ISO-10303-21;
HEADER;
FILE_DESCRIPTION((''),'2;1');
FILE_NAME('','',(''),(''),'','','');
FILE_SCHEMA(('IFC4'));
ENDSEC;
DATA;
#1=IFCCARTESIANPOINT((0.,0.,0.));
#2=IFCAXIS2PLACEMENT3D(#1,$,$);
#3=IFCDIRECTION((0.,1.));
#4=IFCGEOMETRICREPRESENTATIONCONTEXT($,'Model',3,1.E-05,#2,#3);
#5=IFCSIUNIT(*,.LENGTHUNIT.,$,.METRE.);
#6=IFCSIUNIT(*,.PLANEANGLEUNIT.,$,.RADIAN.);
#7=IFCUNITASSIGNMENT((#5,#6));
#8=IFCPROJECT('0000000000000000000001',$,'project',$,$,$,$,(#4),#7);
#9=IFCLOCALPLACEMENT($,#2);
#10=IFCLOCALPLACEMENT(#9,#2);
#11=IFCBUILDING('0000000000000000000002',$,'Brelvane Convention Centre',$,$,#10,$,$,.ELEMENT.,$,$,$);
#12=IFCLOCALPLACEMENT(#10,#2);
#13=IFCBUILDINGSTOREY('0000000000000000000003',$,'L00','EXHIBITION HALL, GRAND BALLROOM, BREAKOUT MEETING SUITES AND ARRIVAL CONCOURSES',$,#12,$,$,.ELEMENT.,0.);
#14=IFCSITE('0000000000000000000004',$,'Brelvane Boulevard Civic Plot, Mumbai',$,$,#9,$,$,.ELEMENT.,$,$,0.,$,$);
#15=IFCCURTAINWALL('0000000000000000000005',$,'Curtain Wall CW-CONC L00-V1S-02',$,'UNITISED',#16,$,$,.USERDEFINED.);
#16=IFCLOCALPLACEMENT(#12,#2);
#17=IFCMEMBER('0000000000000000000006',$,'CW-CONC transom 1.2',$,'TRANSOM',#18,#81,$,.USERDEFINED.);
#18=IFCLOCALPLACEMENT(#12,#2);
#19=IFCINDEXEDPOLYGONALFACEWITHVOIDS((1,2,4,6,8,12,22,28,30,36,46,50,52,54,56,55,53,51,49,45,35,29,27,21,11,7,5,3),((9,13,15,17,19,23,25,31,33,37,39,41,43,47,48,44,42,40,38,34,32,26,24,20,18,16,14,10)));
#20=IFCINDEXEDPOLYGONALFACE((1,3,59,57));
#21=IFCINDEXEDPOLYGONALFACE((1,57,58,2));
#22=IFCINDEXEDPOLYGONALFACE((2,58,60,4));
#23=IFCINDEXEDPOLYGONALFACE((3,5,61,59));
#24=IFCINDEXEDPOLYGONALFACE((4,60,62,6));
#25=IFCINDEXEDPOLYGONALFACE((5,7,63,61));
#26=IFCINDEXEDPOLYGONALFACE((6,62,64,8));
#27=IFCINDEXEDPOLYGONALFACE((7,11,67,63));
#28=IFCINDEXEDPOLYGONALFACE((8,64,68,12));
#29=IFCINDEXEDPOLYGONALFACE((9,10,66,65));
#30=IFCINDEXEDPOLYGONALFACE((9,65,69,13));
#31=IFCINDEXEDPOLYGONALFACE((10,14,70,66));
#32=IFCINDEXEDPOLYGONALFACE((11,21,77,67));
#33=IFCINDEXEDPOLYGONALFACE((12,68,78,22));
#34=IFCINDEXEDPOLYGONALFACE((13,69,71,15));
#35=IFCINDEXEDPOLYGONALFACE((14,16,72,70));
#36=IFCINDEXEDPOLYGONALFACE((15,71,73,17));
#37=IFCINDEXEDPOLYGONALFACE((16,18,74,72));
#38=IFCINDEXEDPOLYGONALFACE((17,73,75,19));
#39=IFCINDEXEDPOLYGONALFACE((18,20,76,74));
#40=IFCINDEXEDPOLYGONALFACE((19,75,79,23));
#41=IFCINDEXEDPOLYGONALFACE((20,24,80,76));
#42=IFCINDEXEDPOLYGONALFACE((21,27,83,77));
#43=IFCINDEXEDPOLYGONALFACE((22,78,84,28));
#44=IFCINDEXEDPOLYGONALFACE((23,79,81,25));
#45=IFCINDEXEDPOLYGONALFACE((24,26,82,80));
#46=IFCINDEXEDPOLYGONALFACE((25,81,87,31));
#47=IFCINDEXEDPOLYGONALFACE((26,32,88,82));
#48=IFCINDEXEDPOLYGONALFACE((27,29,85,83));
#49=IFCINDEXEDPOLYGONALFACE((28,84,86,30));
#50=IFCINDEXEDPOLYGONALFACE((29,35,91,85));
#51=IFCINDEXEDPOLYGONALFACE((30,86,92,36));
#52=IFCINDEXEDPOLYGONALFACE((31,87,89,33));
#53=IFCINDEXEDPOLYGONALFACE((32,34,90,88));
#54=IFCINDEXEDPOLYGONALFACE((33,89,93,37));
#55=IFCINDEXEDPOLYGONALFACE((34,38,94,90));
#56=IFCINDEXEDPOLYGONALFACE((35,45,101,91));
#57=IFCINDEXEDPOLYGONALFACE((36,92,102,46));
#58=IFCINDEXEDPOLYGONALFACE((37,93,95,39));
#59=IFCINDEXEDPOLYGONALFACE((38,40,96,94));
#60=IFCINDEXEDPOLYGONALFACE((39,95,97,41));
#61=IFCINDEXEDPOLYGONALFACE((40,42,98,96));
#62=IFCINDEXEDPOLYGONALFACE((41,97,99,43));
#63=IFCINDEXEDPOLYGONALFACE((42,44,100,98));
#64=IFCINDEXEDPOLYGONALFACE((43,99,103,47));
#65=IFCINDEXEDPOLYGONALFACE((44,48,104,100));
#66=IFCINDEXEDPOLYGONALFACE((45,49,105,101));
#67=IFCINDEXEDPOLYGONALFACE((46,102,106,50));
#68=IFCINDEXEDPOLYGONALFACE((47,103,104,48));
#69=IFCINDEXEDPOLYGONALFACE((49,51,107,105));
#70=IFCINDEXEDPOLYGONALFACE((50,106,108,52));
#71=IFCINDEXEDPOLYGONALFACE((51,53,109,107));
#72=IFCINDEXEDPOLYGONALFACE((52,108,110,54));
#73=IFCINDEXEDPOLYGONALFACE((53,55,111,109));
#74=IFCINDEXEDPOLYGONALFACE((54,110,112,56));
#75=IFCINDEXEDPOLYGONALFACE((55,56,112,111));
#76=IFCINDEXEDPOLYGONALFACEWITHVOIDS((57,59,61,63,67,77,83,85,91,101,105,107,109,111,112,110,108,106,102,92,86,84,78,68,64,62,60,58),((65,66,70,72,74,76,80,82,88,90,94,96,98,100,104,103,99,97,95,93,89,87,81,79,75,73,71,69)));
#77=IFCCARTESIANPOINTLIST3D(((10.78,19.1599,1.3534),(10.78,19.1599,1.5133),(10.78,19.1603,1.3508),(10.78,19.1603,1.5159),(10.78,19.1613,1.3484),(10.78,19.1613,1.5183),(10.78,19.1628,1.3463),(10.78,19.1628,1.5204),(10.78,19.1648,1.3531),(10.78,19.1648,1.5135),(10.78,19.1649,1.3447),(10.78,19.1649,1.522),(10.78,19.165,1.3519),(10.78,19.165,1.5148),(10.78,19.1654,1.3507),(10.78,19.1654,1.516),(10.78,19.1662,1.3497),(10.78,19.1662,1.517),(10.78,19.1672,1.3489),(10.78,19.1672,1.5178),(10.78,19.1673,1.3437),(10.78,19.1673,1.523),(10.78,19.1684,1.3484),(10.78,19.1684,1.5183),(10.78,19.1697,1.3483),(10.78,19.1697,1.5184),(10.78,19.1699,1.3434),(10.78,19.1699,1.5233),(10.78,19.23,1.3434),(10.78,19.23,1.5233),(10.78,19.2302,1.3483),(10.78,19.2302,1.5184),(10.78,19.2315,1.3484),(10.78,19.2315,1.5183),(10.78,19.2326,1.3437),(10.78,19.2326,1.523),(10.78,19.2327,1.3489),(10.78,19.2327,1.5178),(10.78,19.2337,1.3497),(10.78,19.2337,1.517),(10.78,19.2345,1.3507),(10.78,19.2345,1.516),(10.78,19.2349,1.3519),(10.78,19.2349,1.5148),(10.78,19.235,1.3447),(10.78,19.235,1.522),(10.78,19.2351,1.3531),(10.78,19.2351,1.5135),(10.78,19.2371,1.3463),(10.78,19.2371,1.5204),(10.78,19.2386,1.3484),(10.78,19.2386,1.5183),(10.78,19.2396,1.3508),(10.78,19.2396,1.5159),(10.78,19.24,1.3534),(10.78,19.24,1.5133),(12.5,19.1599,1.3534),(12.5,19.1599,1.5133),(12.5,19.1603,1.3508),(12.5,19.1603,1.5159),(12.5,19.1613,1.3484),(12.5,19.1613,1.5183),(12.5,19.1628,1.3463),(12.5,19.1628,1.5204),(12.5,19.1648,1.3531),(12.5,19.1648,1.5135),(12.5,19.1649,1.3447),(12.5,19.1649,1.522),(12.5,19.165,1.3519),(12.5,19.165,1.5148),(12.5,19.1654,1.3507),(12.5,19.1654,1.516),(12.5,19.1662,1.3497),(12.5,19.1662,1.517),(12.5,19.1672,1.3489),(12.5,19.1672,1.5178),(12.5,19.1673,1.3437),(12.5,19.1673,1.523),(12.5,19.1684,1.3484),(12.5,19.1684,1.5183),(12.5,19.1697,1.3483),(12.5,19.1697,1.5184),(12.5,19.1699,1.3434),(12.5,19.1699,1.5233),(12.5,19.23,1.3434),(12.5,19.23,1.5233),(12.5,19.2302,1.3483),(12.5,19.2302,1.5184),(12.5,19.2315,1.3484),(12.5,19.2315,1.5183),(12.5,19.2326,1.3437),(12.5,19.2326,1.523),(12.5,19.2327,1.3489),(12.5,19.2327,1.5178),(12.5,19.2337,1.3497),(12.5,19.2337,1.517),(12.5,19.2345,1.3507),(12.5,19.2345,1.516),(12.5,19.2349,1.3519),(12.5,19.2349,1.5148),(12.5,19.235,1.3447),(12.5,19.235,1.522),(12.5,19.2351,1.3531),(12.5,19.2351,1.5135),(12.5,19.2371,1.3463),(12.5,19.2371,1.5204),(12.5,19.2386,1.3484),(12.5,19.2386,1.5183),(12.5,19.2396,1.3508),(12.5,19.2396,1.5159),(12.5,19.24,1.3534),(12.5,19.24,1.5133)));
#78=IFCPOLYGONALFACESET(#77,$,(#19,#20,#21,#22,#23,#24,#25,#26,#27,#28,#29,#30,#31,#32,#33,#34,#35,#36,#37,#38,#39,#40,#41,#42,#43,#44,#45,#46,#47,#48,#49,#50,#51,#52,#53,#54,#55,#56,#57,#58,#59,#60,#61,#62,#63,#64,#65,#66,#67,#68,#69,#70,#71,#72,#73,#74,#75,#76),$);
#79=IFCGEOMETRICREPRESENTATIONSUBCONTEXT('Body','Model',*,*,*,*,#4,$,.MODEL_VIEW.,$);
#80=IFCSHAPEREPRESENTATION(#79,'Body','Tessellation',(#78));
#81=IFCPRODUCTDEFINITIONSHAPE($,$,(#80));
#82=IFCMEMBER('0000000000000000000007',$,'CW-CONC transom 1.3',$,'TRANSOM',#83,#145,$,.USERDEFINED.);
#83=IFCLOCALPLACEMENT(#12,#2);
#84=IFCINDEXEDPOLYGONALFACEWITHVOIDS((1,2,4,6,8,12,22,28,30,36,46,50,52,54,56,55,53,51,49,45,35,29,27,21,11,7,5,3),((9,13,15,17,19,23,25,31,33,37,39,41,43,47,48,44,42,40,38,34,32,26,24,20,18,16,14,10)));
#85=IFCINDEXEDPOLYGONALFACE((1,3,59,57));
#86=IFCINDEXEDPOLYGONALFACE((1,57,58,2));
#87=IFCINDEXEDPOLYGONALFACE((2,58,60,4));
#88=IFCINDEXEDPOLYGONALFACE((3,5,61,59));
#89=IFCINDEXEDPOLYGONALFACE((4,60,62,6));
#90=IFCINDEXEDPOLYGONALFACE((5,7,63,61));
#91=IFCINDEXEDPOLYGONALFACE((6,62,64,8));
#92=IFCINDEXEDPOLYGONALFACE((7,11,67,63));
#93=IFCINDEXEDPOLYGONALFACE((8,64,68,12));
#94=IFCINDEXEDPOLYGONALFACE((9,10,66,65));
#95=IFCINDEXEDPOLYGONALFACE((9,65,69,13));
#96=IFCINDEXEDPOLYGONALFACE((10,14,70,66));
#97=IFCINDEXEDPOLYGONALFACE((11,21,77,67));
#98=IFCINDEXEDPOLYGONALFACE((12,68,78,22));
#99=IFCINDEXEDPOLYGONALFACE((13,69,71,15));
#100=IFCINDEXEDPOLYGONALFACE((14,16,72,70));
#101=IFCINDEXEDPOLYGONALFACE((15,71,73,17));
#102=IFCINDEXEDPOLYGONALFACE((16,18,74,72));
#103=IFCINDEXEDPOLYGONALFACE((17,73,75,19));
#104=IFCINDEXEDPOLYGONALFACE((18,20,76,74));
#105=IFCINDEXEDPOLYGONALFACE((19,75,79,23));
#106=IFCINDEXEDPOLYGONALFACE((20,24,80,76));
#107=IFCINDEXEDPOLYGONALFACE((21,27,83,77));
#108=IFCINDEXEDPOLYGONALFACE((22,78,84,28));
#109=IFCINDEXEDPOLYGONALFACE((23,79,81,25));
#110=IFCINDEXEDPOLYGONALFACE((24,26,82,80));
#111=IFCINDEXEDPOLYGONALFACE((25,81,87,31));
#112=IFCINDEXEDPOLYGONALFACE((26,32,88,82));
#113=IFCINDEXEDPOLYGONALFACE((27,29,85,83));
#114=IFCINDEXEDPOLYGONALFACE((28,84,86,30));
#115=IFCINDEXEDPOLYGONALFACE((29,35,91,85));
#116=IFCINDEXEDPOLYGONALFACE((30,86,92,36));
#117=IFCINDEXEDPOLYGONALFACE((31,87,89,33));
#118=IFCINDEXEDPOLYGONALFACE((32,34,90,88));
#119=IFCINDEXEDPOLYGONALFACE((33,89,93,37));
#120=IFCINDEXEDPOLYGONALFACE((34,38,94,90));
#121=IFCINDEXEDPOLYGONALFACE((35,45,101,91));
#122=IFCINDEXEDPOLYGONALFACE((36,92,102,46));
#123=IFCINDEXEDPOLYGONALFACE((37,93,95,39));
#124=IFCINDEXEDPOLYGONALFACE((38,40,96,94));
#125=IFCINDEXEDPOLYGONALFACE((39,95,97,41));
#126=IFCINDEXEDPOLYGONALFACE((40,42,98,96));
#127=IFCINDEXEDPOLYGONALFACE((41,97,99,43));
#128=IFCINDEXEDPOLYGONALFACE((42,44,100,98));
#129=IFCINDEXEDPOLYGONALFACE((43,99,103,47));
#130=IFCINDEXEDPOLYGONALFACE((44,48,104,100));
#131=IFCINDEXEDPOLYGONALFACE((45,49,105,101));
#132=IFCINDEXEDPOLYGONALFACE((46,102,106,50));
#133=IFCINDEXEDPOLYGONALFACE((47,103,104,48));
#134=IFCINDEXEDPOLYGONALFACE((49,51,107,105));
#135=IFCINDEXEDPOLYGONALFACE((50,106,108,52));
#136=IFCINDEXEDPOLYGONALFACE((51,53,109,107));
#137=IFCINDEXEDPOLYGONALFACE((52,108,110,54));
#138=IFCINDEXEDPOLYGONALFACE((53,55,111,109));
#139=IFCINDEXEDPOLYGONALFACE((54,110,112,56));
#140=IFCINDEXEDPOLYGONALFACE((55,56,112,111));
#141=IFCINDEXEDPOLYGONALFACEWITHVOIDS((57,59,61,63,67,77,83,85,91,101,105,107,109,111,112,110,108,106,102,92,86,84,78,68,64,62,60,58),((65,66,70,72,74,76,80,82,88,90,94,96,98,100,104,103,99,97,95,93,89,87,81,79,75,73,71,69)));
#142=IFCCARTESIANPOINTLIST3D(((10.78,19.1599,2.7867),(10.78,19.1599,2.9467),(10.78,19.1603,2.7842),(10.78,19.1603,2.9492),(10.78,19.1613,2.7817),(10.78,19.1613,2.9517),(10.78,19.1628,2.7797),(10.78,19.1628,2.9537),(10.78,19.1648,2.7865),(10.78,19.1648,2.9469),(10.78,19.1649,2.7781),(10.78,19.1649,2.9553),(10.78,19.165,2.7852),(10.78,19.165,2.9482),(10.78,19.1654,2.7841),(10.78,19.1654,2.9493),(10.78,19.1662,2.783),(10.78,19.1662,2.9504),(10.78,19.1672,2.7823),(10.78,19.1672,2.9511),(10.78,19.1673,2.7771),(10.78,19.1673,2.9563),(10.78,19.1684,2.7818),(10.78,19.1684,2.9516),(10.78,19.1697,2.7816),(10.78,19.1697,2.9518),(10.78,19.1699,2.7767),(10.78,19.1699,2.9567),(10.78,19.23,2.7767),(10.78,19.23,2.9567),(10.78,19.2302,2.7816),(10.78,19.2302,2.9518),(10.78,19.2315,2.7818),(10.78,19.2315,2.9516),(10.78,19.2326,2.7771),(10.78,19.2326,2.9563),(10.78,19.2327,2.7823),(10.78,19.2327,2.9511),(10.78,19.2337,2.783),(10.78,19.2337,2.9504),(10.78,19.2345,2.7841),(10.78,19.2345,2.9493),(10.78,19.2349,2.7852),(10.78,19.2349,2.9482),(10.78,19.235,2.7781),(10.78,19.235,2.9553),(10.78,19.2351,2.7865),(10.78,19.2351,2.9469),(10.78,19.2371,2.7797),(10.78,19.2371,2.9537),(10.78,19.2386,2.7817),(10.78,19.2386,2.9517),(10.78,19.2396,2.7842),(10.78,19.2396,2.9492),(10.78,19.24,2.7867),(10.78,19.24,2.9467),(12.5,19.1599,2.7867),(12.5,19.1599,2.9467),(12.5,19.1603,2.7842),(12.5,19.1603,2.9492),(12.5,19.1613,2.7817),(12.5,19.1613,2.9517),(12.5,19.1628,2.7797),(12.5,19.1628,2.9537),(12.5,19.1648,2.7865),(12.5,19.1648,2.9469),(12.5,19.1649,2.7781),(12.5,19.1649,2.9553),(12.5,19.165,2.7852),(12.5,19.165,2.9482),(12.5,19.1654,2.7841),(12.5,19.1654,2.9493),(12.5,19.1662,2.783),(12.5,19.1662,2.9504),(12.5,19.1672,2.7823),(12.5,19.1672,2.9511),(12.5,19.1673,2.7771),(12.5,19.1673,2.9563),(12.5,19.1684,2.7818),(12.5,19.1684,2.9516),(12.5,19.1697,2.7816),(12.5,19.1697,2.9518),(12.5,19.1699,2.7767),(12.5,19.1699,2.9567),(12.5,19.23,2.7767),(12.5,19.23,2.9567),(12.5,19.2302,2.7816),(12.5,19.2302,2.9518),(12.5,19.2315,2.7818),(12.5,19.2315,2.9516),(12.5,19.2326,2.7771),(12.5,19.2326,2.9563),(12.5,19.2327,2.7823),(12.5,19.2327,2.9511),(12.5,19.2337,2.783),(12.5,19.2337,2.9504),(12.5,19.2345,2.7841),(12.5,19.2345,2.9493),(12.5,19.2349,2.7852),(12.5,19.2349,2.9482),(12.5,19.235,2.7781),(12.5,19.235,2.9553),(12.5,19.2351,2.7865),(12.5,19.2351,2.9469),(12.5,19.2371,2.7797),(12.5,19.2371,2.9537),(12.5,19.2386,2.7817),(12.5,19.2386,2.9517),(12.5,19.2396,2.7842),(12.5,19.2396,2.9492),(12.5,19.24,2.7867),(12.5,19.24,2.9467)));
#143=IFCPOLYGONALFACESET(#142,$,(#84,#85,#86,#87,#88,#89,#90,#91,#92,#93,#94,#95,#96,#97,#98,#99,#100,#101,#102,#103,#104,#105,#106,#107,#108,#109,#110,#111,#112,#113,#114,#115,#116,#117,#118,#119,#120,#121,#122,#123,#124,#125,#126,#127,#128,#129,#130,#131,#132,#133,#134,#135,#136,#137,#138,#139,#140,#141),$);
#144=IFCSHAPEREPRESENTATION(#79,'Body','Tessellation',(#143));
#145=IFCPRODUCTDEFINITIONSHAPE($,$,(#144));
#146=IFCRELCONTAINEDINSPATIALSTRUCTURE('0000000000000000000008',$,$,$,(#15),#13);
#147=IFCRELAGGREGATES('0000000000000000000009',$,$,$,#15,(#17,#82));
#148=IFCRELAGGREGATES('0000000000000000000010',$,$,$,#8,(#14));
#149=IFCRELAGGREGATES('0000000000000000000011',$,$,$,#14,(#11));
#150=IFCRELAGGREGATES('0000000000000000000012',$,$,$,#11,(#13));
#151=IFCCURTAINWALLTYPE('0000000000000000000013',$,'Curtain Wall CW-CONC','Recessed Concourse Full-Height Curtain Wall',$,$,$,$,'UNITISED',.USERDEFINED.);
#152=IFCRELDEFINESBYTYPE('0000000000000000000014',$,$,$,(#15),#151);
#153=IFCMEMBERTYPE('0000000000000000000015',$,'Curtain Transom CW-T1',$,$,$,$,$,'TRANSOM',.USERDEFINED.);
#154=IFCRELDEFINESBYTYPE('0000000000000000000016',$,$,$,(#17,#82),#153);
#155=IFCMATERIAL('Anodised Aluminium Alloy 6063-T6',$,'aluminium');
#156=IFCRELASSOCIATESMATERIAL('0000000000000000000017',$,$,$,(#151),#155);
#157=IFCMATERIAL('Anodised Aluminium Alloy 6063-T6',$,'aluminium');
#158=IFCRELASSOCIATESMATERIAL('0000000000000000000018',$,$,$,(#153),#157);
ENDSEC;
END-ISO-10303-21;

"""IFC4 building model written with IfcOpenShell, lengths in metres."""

from ifc_helpers import new_model, si_unit, direction, frame, origin, origin_2d, place, context, subcontext, project, spatial, hollow_rectangle, extrude, material, material_profile, profile_set, type_object, element, aggregate, save


model = new_model("IFC4")

# Units and contexts
model_context = context("Model", 3, precision=1e-05, world=origin(), true_north=direction((0.0, 1.0)))
body_context = subcontext(model_context, "Body", "Model", "MODEL_VIEW")
ifc_project = project(units=[si_unit("LENGTHUNIT", "METRE"), si_unit("PLANEANGLEUNIT", "RADIAN")], contexts=[model_context])

# Site, building, storey
site_placement = place(None, origin())
site = spatial("IfcSite", under=ifc_project, at=site_placement, Name="Brelvane Boulevard Civic Plot, Mumbai", CompositionType="ELEMENT", RefElevation=0.0)
building_placement = place(site_placement, origin())
building = spatial("IfcBuilding", under=site, at=building_placement, Name="Brelvane Convention Centre", CompositionType="ELEMENT")
storey_placement = place(building_placement, origin())
storey = spatial("IfcBuildingStorey", under=building, at=storey_placement, Name="L00", Description="EXHIBITION HALL, GRAND BALLROOM, BREAKOUT MEETING SUITES AND ARRIVAL CONCOURSES", CompositionType="ELEMENT", Elevation=0.0)

# Curtain wall, members
ifc_material_1 = material(Name="Anodised Aluminium Alloy 6063-T6", Category="aluminium")
curtain_wall_type = type_object("IfcCurtainWallType", Name="Curtain Wall CW-CONC", Description="Recessed Concourse Full-Height Curtain Wall", ElementType="UNITISED", PredefinedType="USERDEFINED", material=ifc_material_1)
curtain_wall_placement = place(storey_placement, origin())
curtain_wall = element("IfcCurtainWall", 1, at=curtain_wall_placement, inside=storey, type_object=curtain_wall_type, Name="Curtain Wall CW-CONC L00-V1S-02", ObjectType="UNITISED", PredefinedType="USERDEFINED")
ifc_material_2 = material(Name="Anodised Aluminium Alloy 6063-T6", Category="aluminium")
ifc_material_profile_1 = material_profile(ifc_material_2, hollow_rectangle(XDim=0.0801, YDim=0.1799, WallThickness=0.0049, InnerFilletRadius=0.0049, OuterFilletRadius=0.01, at=origin_2d()), Name="ALU-T 180x80x5.0")
ifc_profile_set_1 = profile_set([ifc_material_profile_1], Name="Anodised Aluminium Alloy 6063-T6")
member_type_1 = type_object("IfcMemberType", Name="Curtain Transom CW-T1", ElementType="TRANSOM", PredefinedType="USERDEFINED", material=ifc_profile_set_1)
member_1_placement = place(storey_placement, frame((10.78, 19.2, 1.4333), z_axis=(1.0, 0.0, 0.0), x_axis=(0.0, 1.0, 0.0)))
member_1 = element("IfcMember", 2, at=member_1_placement, type_object=member_type_1, Name="CW-CONC transom 1.2", ObjectType="TRANSOM", PredefinedType="USERDEFINED", context=body_context, shape_type="SweptSolid", body=[
    extrude(hollow_rectangle(XDim=0.0801, YDim=0.1799, WallThickness=0.0049, InnerFilletRadius=0.0049, OuterFilletRadius=0.01, at=origin_2d()), origin(), (0.0, 0.0, 1.0), 1.72),
])
member_2_placement = place(storey_placement, frame((10.78, 19.2, 2.8667), z_axis=(1.0, 0.0, 0.0), x_axis=(0.0, 1.0, 0.0)))
member_2 = element("IfcMember", 3, at=member_2_placement, type_object=member_type_1, Name="CW-CONC transom 1.3", ObjectType="TRANSOM", PredefinedType="USERDEFINED", context=body_context, shape_type="SweptSolid", body=[
    extrude(hollow_rectangle(XDim=0.0801, YDim=0.1799, WallThickness=0.0049, InnerFilletRadius=0.0049, OuterFilletRadius=0.01, at=origin_2d()), origin(), (0.0, 0.0, 1.0), 1.72),
])

aggregate(curtain_wall, [member_1, member_2])

save(model, "model.ifc")
